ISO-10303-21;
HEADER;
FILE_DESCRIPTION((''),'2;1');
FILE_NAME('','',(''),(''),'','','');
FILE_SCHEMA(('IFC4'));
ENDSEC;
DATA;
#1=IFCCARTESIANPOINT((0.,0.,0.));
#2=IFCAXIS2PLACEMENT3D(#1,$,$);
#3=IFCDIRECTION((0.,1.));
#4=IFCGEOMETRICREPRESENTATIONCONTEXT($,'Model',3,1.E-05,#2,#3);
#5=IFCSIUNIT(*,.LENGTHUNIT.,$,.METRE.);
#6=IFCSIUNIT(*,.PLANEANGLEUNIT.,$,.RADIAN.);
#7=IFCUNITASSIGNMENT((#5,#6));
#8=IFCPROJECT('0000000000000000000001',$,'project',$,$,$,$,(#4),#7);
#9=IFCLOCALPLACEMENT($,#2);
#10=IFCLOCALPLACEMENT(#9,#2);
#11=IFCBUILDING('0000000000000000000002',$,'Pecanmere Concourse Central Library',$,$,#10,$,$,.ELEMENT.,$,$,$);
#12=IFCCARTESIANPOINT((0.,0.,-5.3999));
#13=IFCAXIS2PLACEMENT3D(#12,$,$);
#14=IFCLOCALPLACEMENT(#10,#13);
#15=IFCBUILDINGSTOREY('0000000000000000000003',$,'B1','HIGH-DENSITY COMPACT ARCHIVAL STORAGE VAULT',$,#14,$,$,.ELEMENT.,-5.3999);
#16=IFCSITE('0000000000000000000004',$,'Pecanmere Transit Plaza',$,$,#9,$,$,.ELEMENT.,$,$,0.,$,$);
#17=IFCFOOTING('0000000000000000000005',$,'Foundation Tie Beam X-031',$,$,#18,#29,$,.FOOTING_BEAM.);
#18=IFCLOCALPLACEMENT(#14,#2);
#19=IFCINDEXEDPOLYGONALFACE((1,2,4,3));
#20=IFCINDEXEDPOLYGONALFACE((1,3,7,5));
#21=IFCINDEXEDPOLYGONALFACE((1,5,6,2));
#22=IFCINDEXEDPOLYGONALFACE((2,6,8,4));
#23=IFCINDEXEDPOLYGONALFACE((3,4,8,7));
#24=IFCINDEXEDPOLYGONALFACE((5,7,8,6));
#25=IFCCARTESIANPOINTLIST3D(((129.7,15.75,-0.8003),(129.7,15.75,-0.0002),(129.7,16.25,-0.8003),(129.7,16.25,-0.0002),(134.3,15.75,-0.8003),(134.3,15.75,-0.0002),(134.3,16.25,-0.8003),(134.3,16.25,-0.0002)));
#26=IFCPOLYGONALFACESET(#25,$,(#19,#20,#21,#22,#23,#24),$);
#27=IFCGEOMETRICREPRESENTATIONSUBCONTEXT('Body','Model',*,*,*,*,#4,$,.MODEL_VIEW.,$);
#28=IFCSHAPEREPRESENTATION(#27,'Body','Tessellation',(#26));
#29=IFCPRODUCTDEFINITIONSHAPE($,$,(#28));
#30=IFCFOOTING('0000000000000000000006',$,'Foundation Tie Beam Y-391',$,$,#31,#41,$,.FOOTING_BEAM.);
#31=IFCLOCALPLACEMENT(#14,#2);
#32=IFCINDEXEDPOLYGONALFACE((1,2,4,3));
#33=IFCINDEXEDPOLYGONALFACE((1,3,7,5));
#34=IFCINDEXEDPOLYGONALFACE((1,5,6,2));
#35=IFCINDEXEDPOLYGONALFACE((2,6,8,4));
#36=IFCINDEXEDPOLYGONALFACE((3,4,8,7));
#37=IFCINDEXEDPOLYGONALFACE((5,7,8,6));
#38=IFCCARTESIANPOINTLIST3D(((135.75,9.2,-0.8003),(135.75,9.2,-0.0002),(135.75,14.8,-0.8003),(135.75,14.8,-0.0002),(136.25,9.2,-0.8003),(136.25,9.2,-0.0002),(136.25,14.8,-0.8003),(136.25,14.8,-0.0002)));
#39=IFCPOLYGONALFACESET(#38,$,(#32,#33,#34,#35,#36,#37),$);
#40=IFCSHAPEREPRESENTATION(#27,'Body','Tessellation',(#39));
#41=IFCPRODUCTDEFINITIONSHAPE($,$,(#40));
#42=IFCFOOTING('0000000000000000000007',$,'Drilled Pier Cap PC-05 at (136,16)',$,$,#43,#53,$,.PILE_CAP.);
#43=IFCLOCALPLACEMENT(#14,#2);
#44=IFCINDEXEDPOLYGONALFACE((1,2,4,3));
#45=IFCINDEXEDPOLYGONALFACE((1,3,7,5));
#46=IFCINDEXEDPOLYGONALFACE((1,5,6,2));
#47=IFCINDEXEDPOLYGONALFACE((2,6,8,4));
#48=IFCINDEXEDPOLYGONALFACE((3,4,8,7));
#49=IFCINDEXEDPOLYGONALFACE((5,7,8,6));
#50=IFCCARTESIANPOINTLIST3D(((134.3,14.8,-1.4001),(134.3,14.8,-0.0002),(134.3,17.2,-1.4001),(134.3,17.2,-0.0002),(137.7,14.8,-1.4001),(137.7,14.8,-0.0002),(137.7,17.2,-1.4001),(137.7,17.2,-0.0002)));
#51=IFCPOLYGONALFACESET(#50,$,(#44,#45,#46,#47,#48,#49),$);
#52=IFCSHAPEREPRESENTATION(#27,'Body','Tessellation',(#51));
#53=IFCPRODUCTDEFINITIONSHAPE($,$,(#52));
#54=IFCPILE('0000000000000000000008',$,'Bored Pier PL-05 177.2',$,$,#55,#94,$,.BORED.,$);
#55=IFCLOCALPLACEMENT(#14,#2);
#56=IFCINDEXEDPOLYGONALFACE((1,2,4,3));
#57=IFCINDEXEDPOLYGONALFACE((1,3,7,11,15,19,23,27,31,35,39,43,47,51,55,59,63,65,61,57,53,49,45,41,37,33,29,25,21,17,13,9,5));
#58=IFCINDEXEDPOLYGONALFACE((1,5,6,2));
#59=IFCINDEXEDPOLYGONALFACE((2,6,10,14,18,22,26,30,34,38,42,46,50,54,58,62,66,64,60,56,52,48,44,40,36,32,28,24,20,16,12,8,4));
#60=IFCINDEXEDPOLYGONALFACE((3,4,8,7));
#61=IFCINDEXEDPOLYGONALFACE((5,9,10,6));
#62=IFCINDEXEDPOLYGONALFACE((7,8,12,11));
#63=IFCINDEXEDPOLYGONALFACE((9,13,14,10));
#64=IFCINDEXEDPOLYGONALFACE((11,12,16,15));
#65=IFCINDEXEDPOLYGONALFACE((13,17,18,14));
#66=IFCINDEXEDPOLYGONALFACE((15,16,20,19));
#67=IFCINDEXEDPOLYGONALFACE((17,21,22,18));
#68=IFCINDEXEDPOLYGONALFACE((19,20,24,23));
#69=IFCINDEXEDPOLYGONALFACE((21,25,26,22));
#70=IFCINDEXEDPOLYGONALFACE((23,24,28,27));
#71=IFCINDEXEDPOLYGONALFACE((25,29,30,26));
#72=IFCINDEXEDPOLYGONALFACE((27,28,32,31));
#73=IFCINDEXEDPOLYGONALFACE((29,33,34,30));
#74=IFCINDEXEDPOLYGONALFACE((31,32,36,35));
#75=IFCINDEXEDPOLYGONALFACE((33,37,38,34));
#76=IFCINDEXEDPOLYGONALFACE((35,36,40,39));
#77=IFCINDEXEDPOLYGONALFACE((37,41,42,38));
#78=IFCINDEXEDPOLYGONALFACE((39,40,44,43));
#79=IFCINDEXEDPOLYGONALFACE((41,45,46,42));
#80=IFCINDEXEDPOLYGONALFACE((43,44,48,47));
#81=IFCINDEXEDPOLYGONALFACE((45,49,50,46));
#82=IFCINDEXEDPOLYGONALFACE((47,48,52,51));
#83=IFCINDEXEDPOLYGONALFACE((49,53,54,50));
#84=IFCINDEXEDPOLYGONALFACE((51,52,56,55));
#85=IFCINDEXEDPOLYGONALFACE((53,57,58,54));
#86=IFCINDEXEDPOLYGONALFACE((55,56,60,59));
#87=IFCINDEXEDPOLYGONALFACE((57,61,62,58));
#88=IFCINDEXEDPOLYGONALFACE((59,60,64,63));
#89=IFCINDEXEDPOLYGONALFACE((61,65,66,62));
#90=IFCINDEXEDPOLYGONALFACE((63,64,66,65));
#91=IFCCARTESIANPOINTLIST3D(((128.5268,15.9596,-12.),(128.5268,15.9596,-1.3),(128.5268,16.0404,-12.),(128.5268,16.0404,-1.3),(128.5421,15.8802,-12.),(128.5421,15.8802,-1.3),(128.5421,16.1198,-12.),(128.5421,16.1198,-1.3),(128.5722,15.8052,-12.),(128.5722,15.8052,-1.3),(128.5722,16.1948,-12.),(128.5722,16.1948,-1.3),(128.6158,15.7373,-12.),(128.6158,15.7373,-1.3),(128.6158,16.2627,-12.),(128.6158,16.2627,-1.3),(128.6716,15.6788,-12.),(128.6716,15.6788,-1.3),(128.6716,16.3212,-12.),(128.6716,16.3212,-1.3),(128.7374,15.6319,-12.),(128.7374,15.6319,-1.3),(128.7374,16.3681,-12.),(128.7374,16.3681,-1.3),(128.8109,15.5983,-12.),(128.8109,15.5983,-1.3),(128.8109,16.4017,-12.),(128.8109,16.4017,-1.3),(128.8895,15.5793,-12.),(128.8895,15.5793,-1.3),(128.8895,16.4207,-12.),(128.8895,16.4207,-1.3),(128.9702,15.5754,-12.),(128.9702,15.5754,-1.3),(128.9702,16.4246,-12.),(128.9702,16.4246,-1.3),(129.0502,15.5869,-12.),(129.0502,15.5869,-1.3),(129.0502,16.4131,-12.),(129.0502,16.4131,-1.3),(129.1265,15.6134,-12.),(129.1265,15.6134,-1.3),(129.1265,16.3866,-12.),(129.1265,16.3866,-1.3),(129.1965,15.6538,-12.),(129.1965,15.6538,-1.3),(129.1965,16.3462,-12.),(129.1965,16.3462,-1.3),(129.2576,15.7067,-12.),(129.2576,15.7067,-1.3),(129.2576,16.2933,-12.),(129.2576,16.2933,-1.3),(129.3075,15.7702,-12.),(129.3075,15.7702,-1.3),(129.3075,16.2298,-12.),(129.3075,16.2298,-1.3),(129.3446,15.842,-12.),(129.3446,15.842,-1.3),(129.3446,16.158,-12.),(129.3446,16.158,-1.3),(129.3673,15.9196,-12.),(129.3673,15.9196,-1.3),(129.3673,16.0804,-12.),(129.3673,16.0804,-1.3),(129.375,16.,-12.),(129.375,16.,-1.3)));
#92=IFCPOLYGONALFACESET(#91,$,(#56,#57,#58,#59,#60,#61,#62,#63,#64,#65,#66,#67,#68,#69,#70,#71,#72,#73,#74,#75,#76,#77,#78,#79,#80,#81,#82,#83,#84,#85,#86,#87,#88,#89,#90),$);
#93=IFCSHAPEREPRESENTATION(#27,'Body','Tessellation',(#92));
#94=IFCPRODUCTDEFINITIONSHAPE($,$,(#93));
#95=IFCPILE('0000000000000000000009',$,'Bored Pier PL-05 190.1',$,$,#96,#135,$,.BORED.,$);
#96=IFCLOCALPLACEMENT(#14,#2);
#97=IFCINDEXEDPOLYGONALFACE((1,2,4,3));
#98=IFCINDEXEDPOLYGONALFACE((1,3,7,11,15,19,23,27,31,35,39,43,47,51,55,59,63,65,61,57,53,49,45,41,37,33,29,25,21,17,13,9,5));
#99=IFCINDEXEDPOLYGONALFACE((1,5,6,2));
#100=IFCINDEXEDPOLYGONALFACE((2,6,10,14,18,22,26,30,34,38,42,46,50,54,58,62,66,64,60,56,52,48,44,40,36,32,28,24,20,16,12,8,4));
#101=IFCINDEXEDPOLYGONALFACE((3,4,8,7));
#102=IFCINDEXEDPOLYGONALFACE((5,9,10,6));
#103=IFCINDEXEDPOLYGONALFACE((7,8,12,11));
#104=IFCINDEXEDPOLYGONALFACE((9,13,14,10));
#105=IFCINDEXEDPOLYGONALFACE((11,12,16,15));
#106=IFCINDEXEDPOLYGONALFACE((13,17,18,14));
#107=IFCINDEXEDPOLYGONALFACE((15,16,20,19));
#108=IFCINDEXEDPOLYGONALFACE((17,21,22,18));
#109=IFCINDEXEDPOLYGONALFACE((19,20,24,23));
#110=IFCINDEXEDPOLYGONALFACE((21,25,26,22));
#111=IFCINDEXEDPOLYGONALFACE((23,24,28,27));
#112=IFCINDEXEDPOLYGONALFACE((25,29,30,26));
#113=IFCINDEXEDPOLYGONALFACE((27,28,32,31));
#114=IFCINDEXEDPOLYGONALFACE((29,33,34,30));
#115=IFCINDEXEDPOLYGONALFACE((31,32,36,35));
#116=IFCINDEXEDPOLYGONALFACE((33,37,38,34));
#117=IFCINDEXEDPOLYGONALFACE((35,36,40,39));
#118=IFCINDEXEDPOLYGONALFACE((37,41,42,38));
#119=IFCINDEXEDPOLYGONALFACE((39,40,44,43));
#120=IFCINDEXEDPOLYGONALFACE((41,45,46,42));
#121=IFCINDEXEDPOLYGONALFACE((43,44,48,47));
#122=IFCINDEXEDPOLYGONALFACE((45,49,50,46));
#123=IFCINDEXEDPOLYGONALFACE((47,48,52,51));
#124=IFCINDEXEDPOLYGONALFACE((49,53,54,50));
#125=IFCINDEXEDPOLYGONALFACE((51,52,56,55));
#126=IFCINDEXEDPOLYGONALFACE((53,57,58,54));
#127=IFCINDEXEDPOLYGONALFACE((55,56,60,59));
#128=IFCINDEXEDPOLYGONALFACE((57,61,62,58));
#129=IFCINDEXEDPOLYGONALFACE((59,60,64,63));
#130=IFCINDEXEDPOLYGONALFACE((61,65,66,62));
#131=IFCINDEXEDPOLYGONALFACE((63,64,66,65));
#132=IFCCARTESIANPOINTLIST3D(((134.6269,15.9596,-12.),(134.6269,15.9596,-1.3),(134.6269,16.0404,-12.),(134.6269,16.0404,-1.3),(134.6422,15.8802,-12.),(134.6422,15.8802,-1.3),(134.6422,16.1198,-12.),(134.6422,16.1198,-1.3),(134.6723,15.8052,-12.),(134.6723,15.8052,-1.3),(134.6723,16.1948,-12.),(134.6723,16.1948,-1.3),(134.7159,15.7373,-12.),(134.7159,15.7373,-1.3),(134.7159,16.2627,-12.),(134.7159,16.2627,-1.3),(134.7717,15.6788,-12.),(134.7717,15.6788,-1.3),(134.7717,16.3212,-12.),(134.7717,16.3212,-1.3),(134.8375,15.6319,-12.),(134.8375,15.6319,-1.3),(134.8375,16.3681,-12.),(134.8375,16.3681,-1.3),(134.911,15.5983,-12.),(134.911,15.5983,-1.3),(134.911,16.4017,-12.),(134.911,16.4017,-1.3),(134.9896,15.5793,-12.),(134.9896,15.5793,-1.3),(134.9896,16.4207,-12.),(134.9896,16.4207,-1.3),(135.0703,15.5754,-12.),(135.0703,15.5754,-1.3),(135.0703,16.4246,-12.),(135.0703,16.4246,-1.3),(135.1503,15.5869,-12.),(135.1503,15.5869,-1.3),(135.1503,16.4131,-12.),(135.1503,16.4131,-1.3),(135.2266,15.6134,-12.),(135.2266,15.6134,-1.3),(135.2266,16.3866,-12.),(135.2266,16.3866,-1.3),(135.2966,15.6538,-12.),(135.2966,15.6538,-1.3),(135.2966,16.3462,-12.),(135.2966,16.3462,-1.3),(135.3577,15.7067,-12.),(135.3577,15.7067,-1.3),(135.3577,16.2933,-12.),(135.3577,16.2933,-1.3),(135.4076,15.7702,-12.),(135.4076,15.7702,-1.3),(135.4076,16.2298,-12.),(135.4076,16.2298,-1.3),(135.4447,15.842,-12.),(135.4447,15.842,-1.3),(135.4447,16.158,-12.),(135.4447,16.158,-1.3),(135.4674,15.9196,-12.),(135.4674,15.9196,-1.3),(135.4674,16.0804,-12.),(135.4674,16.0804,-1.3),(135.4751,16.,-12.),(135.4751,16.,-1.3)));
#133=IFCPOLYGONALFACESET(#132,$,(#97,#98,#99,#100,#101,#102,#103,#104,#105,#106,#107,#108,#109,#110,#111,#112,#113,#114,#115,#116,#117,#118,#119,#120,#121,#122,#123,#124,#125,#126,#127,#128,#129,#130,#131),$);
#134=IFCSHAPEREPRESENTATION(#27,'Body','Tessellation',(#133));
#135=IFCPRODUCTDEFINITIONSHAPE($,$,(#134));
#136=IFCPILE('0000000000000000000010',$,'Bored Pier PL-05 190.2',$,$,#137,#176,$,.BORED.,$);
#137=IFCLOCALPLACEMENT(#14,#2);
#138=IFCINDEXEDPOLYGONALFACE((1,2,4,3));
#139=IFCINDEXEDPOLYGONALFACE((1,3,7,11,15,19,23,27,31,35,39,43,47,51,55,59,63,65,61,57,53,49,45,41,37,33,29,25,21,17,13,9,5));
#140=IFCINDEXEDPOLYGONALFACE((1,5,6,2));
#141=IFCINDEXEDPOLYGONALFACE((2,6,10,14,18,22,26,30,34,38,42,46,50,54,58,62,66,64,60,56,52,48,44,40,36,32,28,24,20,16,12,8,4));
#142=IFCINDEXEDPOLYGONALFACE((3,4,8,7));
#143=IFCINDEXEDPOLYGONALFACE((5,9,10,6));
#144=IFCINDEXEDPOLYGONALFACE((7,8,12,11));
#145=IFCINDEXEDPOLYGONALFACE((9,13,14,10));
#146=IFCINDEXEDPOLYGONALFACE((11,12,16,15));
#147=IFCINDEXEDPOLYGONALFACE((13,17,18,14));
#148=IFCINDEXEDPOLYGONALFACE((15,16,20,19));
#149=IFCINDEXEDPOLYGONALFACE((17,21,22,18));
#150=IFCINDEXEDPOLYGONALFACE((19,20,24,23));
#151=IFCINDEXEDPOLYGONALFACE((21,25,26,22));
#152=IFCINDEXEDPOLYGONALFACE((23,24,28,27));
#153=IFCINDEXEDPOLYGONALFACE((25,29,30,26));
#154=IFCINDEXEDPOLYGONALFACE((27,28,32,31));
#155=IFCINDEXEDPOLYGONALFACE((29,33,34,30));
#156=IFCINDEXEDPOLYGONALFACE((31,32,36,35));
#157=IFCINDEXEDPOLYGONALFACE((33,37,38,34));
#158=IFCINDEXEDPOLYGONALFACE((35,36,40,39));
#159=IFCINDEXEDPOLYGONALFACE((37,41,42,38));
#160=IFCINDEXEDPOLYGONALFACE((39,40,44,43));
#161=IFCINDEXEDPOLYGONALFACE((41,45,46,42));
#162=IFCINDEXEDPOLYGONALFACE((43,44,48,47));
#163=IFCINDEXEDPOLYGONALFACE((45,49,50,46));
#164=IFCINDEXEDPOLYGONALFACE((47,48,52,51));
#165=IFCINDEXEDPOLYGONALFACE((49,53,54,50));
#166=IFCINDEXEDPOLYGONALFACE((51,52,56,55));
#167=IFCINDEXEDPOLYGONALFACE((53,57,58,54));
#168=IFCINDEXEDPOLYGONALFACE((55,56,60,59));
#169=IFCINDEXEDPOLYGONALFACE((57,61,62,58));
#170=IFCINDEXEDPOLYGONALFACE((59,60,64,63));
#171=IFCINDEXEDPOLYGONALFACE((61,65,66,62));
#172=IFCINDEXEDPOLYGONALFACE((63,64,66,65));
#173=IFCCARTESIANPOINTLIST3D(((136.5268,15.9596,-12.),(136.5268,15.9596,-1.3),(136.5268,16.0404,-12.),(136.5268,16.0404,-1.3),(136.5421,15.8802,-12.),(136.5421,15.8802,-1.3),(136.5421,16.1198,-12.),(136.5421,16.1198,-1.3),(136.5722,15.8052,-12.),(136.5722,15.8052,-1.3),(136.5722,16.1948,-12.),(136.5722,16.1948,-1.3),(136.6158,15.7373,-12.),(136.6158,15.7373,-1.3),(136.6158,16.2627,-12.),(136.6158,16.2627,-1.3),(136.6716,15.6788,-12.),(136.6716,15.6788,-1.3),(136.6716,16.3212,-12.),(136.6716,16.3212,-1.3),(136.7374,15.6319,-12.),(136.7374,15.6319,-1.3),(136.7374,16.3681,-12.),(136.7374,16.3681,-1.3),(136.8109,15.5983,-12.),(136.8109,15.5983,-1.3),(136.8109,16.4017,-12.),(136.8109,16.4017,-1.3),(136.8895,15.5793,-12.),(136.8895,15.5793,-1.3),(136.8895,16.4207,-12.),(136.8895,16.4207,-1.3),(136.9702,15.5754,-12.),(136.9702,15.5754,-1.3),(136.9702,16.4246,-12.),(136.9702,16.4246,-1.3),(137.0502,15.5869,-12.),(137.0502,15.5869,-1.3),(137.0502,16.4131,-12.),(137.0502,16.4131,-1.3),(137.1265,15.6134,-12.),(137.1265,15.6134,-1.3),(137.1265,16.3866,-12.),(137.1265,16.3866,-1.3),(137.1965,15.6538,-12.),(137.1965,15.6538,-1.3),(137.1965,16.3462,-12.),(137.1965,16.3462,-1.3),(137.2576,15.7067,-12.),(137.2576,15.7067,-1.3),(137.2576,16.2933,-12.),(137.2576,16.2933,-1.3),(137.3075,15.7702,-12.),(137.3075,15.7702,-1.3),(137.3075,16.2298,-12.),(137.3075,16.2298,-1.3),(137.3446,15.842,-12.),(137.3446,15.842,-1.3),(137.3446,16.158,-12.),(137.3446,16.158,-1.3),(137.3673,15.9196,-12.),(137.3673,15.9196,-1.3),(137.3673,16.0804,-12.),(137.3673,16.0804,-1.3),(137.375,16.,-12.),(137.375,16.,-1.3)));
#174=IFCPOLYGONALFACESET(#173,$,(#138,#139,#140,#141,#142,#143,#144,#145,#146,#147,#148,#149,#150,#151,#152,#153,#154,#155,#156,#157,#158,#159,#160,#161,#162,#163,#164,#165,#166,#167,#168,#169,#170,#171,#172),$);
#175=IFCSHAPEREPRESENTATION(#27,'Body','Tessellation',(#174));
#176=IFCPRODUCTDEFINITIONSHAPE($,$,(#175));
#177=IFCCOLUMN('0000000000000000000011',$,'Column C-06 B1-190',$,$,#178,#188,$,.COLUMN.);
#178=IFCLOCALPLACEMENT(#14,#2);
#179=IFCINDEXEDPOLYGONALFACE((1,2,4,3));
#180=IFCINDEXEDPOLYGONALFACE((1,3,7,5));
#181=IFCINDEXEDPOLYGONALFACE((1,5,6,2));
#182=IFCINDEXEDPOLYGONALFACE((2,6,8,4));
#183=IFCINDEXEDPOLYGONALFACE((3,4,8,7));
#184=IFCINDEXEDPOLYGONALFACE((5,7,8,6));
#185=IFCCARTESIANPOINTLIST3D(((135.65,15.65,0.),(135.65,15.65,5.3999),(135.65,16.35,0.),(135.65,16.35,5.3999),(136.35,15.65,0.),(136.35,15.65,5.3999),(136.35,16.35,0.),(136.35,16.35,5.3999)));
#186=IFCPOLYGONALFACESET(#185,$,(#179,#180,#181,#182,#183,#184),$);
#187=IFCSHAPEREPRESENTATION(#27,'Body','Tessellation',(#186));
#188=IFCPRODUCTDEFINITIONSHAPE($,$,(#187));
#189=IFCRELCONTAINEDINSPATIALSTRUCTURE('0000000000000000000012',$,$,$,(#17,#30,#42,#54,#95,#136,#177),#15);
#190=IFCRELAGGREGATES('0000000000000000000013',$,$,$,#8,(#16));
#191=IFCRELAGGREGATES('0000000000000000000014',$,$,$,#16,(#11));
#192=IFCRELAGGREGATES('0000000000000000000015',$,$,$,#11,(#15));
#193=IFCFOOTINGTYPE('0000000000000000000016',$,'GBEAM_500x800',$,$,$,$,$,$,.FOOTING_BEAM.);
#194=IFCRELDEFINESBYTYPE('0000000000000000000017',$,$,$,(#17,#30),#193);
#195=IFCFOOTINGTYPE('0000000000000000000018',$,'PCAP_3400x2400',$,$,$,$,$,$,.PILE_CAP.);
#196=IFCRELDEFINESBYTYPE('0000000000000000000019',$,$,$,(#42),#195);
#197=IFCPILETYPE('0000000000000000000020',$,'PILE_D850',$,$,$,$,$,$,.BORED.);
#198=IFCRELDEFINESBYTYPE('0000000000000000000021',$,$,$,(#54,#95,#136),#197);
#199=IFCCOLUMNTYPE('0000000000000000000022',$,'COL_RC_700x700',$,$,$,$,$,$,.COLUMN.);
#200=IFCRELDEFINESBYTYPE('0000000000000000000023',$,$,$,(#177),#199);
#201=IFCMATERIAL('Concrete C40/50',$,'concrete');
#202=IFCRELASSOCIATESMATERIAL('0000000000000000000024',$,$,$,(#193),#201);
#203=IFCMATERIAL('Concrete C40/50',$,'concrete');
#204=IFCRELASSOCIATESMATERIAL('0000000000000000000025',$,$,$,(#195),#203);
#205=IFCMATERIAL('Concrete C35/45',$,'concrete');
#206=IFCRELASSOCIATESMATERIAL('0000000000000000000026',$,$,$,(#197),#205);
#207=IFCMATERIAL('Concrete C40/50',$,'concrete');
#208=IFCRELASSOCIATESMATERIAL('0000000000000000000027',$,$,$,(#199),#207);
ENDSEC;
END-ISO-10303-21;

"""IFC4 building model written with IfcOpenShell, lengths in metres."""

from ifc_helpers import new_model, si_unit, direction, frame, origin, origin_2d, place, context, subcontext, project, spatial, rectangle, circle, extrude, material, material_profile, profile_set, type_object, element, save


model = new_model("IFC4")

# Units and contexts
model_context = context("Model", 3, precision=1e-05, world=origin(), true_north=direction((0.0, 1.0)))
body_context = subcontext(model_context, "Body", "Model", "MODEL_VIEW")
ifc_project = project(units=[si_unit("LENGTHUNIT", "METRE"), si_unit("PLANEANGLEUNIT", "RADIAN")], contexts=[model_context])

# Site, building, storey
site_placement = place(None, origin())
site = spatial("IfcSite", under=ifc_project, at=site_placement, Name="Pecanmere Transit Plaza", CompositionType="ELEMENT", RefElevation=0.0)
building_placement = place(site_placement, origin())
building = spatial("IfcBuilding", under=site, at=building_placement, Name="Pecanmere Concourse Central Library", CompositionType="ELEMENT")
storey_placement = place(building_placement, frame((0.0, 0.0, -5.3999)))
storey = spatial("IfcBuildingStorey", under=building, at=storey_placement, Name="B1", Description="HIGH-DENSITY COMPACT ARCHIVAL STORAGE VAULT", CompositionType="ELEMENT", Elevation=-5.3999)

# Footings
ifc_material_1 = material(Name="Concrete C40/50", Category="concrete")
ifc_material_profile_1 = material_profile(ifc_material_1, rectangle(XDim=0.5, YDim=0.8, at=origin_2d()), Name="RC 500x800")
ifc_profile_set_1 = profile_set([ifc_material_profile_1], Name="Concrete C40/50")
footing_type_1 = type_object("IfcFootingType", Name="GBEAM_500x800", PredefinedType="FOOTING_BEAM", material=ifc_profile_set_1)
footing_1_placement = place(storey_placement, frame((132.0, 16.0, -0.8003), z_axis=(0.0, 0.0, 1.0), x_axis=(1.0, 0.0, 0.0)))
element("IfcFooting", 1, at=footing_1_placement, inside=storey, type_object=footing_type_1, Name="Foundation Tie Beam X-031", PredefinedType="FOOTING_BEAM", context=body_context, shape_type="SweptSolid", body=[
    extrude(rectangle(XDim=4.6001, YDim=0.5, at=origin_2d()), origin(), (0.0, 0.0, 1.0), 0.8),
])
footing_2_placement = place(storey_placement, frame((136.0, 12.0, -0.8003), z_axis=(0.0, 0.0, 1.0), x_axis=(0.0, 1.0, 0.0)))
element("IfcFooting", 2, at=footing_2_placement, inside=storey, type_object=footing_type_1, Name="Foundation Tie Beam Y-391", PredefinedType="FOOTING_BEAM", context=body_context, shape_type="SweptSolid", body=[
    extrude(rectangle(XDim=5.6001, YDim=0.5, at=origin_2d()), origin(), (0.0, 0.0, 1.0), 0.8),
])
ifc_material_2 = material(Name="Concrete C40/50", Category="concrete")
footing_type_2 = type_object("IfcFootingType", Name="PCAP_3400x2400", PredefinedType="PILE_CAP", material=ifc_material_2)
footing_3_placement = place(storey_placement, frame((136.0, 16.0, -1.4001), z_axis=(0.0, 0.0, 1.0), x_axis=(1.0, 0.0, 0.0)))
element("IfcFooting", 3, at=footing_3_placement, inside=storey, type_object=footing_type_2, Name="Drilled Pier Cap PC-05 at (136,16)", PredefinedType="PILE_CAP", context=body_context, shape_type="SweptSolid", body=[
    extrude(rectangle(XDim=3.3999, YDim=2.3999, at=origin_2d()), origin(), (0.0, 0.0, 1.0), 1.3999),
])

# Piles
ifc_material_3 = material(Name="Concrete C35/45", Category="concrete")
ifc_material_profile_2 = material_profile(ifc_material_3, circle(Radius=0.425, at=origin_2d()), Name="PIER D850")
ifc_profile_set_2 = profile_set([ifc_material_profile_2], Name="Concrete C35/45")
pile_type = type_object("IfcPileType", Name="PILE_D850", PredefinedType="BORED", material=ifc_profile_set_2)
for number, where, z_axis, x_axis, name in (
    (4, (128.95, 16.0, -1.3), (0.0, 0.0, -1.0), (1.0, 0.0, 0.0), "Bored Pier PL-05 177.2"),
    (5, (135.05, 16.0, -1.3), (0.0, 0.0, -1.0), (1.0, 0.0, 0.0), "Bored Pier PL-05 190.1"),
    (6, (136.95, 16.0, -1.3), (0.0, 0.0, -1.0), (1.0, 0.0, 0.0), "Bored Pier PL-05 190.2"),
):
    element("IfcPile", number, at=place(storey_placement, frame(where, z_axis=z_axis, x_axis=x_axis)), inside=storey, type_object=pile_type, Name=name, PredefinedType="BORED", context=body_context, shape_type="SweptSolid", body=[
        extrude(circle(Radius=0.425, at=origin_2d()), origin(), (0.0, 0.0, 1.0), 10.7),
    ])

# Column
ifc_material_4 = material(Name="Concrete C40/50", Category="concrete")
ifc_material_profile_3 = material_profile(ifc_material_4, rectangle(XDim=0.7, YDim=0.7, at=origin_2d()), Name="RC 700x700")
ifc_profile_set_3 = profile_set([ifc_material_profile_3], Name="Concrete C40/50")
column_type = type_object("IfcColumnType", Name="COL_RC_700x700", PredefinedType="COLUMN", material=ifc_profile_set_3)
column_placement = place(storey_placement, frame((136.0, 16.0, 0.0), z_axis=(0.0, 0.0, 1.0), x_axis=(1.0, 0.0, 0.0)))
element("IfcColumn", 7, at=column_placement, inside=storey, type_object=column_type, Name="Column C-06 B1-190", PredefinedType="COLUMN", context=body_context, shape_type="SweptSolid", body=[
    extrude(rectangle(XDim=0.7, YDim=0.7, at=origin_2d()), origin(), (0.0, 0.0, 1.0), 5.3999),
])

save(model, "model.ifc")
